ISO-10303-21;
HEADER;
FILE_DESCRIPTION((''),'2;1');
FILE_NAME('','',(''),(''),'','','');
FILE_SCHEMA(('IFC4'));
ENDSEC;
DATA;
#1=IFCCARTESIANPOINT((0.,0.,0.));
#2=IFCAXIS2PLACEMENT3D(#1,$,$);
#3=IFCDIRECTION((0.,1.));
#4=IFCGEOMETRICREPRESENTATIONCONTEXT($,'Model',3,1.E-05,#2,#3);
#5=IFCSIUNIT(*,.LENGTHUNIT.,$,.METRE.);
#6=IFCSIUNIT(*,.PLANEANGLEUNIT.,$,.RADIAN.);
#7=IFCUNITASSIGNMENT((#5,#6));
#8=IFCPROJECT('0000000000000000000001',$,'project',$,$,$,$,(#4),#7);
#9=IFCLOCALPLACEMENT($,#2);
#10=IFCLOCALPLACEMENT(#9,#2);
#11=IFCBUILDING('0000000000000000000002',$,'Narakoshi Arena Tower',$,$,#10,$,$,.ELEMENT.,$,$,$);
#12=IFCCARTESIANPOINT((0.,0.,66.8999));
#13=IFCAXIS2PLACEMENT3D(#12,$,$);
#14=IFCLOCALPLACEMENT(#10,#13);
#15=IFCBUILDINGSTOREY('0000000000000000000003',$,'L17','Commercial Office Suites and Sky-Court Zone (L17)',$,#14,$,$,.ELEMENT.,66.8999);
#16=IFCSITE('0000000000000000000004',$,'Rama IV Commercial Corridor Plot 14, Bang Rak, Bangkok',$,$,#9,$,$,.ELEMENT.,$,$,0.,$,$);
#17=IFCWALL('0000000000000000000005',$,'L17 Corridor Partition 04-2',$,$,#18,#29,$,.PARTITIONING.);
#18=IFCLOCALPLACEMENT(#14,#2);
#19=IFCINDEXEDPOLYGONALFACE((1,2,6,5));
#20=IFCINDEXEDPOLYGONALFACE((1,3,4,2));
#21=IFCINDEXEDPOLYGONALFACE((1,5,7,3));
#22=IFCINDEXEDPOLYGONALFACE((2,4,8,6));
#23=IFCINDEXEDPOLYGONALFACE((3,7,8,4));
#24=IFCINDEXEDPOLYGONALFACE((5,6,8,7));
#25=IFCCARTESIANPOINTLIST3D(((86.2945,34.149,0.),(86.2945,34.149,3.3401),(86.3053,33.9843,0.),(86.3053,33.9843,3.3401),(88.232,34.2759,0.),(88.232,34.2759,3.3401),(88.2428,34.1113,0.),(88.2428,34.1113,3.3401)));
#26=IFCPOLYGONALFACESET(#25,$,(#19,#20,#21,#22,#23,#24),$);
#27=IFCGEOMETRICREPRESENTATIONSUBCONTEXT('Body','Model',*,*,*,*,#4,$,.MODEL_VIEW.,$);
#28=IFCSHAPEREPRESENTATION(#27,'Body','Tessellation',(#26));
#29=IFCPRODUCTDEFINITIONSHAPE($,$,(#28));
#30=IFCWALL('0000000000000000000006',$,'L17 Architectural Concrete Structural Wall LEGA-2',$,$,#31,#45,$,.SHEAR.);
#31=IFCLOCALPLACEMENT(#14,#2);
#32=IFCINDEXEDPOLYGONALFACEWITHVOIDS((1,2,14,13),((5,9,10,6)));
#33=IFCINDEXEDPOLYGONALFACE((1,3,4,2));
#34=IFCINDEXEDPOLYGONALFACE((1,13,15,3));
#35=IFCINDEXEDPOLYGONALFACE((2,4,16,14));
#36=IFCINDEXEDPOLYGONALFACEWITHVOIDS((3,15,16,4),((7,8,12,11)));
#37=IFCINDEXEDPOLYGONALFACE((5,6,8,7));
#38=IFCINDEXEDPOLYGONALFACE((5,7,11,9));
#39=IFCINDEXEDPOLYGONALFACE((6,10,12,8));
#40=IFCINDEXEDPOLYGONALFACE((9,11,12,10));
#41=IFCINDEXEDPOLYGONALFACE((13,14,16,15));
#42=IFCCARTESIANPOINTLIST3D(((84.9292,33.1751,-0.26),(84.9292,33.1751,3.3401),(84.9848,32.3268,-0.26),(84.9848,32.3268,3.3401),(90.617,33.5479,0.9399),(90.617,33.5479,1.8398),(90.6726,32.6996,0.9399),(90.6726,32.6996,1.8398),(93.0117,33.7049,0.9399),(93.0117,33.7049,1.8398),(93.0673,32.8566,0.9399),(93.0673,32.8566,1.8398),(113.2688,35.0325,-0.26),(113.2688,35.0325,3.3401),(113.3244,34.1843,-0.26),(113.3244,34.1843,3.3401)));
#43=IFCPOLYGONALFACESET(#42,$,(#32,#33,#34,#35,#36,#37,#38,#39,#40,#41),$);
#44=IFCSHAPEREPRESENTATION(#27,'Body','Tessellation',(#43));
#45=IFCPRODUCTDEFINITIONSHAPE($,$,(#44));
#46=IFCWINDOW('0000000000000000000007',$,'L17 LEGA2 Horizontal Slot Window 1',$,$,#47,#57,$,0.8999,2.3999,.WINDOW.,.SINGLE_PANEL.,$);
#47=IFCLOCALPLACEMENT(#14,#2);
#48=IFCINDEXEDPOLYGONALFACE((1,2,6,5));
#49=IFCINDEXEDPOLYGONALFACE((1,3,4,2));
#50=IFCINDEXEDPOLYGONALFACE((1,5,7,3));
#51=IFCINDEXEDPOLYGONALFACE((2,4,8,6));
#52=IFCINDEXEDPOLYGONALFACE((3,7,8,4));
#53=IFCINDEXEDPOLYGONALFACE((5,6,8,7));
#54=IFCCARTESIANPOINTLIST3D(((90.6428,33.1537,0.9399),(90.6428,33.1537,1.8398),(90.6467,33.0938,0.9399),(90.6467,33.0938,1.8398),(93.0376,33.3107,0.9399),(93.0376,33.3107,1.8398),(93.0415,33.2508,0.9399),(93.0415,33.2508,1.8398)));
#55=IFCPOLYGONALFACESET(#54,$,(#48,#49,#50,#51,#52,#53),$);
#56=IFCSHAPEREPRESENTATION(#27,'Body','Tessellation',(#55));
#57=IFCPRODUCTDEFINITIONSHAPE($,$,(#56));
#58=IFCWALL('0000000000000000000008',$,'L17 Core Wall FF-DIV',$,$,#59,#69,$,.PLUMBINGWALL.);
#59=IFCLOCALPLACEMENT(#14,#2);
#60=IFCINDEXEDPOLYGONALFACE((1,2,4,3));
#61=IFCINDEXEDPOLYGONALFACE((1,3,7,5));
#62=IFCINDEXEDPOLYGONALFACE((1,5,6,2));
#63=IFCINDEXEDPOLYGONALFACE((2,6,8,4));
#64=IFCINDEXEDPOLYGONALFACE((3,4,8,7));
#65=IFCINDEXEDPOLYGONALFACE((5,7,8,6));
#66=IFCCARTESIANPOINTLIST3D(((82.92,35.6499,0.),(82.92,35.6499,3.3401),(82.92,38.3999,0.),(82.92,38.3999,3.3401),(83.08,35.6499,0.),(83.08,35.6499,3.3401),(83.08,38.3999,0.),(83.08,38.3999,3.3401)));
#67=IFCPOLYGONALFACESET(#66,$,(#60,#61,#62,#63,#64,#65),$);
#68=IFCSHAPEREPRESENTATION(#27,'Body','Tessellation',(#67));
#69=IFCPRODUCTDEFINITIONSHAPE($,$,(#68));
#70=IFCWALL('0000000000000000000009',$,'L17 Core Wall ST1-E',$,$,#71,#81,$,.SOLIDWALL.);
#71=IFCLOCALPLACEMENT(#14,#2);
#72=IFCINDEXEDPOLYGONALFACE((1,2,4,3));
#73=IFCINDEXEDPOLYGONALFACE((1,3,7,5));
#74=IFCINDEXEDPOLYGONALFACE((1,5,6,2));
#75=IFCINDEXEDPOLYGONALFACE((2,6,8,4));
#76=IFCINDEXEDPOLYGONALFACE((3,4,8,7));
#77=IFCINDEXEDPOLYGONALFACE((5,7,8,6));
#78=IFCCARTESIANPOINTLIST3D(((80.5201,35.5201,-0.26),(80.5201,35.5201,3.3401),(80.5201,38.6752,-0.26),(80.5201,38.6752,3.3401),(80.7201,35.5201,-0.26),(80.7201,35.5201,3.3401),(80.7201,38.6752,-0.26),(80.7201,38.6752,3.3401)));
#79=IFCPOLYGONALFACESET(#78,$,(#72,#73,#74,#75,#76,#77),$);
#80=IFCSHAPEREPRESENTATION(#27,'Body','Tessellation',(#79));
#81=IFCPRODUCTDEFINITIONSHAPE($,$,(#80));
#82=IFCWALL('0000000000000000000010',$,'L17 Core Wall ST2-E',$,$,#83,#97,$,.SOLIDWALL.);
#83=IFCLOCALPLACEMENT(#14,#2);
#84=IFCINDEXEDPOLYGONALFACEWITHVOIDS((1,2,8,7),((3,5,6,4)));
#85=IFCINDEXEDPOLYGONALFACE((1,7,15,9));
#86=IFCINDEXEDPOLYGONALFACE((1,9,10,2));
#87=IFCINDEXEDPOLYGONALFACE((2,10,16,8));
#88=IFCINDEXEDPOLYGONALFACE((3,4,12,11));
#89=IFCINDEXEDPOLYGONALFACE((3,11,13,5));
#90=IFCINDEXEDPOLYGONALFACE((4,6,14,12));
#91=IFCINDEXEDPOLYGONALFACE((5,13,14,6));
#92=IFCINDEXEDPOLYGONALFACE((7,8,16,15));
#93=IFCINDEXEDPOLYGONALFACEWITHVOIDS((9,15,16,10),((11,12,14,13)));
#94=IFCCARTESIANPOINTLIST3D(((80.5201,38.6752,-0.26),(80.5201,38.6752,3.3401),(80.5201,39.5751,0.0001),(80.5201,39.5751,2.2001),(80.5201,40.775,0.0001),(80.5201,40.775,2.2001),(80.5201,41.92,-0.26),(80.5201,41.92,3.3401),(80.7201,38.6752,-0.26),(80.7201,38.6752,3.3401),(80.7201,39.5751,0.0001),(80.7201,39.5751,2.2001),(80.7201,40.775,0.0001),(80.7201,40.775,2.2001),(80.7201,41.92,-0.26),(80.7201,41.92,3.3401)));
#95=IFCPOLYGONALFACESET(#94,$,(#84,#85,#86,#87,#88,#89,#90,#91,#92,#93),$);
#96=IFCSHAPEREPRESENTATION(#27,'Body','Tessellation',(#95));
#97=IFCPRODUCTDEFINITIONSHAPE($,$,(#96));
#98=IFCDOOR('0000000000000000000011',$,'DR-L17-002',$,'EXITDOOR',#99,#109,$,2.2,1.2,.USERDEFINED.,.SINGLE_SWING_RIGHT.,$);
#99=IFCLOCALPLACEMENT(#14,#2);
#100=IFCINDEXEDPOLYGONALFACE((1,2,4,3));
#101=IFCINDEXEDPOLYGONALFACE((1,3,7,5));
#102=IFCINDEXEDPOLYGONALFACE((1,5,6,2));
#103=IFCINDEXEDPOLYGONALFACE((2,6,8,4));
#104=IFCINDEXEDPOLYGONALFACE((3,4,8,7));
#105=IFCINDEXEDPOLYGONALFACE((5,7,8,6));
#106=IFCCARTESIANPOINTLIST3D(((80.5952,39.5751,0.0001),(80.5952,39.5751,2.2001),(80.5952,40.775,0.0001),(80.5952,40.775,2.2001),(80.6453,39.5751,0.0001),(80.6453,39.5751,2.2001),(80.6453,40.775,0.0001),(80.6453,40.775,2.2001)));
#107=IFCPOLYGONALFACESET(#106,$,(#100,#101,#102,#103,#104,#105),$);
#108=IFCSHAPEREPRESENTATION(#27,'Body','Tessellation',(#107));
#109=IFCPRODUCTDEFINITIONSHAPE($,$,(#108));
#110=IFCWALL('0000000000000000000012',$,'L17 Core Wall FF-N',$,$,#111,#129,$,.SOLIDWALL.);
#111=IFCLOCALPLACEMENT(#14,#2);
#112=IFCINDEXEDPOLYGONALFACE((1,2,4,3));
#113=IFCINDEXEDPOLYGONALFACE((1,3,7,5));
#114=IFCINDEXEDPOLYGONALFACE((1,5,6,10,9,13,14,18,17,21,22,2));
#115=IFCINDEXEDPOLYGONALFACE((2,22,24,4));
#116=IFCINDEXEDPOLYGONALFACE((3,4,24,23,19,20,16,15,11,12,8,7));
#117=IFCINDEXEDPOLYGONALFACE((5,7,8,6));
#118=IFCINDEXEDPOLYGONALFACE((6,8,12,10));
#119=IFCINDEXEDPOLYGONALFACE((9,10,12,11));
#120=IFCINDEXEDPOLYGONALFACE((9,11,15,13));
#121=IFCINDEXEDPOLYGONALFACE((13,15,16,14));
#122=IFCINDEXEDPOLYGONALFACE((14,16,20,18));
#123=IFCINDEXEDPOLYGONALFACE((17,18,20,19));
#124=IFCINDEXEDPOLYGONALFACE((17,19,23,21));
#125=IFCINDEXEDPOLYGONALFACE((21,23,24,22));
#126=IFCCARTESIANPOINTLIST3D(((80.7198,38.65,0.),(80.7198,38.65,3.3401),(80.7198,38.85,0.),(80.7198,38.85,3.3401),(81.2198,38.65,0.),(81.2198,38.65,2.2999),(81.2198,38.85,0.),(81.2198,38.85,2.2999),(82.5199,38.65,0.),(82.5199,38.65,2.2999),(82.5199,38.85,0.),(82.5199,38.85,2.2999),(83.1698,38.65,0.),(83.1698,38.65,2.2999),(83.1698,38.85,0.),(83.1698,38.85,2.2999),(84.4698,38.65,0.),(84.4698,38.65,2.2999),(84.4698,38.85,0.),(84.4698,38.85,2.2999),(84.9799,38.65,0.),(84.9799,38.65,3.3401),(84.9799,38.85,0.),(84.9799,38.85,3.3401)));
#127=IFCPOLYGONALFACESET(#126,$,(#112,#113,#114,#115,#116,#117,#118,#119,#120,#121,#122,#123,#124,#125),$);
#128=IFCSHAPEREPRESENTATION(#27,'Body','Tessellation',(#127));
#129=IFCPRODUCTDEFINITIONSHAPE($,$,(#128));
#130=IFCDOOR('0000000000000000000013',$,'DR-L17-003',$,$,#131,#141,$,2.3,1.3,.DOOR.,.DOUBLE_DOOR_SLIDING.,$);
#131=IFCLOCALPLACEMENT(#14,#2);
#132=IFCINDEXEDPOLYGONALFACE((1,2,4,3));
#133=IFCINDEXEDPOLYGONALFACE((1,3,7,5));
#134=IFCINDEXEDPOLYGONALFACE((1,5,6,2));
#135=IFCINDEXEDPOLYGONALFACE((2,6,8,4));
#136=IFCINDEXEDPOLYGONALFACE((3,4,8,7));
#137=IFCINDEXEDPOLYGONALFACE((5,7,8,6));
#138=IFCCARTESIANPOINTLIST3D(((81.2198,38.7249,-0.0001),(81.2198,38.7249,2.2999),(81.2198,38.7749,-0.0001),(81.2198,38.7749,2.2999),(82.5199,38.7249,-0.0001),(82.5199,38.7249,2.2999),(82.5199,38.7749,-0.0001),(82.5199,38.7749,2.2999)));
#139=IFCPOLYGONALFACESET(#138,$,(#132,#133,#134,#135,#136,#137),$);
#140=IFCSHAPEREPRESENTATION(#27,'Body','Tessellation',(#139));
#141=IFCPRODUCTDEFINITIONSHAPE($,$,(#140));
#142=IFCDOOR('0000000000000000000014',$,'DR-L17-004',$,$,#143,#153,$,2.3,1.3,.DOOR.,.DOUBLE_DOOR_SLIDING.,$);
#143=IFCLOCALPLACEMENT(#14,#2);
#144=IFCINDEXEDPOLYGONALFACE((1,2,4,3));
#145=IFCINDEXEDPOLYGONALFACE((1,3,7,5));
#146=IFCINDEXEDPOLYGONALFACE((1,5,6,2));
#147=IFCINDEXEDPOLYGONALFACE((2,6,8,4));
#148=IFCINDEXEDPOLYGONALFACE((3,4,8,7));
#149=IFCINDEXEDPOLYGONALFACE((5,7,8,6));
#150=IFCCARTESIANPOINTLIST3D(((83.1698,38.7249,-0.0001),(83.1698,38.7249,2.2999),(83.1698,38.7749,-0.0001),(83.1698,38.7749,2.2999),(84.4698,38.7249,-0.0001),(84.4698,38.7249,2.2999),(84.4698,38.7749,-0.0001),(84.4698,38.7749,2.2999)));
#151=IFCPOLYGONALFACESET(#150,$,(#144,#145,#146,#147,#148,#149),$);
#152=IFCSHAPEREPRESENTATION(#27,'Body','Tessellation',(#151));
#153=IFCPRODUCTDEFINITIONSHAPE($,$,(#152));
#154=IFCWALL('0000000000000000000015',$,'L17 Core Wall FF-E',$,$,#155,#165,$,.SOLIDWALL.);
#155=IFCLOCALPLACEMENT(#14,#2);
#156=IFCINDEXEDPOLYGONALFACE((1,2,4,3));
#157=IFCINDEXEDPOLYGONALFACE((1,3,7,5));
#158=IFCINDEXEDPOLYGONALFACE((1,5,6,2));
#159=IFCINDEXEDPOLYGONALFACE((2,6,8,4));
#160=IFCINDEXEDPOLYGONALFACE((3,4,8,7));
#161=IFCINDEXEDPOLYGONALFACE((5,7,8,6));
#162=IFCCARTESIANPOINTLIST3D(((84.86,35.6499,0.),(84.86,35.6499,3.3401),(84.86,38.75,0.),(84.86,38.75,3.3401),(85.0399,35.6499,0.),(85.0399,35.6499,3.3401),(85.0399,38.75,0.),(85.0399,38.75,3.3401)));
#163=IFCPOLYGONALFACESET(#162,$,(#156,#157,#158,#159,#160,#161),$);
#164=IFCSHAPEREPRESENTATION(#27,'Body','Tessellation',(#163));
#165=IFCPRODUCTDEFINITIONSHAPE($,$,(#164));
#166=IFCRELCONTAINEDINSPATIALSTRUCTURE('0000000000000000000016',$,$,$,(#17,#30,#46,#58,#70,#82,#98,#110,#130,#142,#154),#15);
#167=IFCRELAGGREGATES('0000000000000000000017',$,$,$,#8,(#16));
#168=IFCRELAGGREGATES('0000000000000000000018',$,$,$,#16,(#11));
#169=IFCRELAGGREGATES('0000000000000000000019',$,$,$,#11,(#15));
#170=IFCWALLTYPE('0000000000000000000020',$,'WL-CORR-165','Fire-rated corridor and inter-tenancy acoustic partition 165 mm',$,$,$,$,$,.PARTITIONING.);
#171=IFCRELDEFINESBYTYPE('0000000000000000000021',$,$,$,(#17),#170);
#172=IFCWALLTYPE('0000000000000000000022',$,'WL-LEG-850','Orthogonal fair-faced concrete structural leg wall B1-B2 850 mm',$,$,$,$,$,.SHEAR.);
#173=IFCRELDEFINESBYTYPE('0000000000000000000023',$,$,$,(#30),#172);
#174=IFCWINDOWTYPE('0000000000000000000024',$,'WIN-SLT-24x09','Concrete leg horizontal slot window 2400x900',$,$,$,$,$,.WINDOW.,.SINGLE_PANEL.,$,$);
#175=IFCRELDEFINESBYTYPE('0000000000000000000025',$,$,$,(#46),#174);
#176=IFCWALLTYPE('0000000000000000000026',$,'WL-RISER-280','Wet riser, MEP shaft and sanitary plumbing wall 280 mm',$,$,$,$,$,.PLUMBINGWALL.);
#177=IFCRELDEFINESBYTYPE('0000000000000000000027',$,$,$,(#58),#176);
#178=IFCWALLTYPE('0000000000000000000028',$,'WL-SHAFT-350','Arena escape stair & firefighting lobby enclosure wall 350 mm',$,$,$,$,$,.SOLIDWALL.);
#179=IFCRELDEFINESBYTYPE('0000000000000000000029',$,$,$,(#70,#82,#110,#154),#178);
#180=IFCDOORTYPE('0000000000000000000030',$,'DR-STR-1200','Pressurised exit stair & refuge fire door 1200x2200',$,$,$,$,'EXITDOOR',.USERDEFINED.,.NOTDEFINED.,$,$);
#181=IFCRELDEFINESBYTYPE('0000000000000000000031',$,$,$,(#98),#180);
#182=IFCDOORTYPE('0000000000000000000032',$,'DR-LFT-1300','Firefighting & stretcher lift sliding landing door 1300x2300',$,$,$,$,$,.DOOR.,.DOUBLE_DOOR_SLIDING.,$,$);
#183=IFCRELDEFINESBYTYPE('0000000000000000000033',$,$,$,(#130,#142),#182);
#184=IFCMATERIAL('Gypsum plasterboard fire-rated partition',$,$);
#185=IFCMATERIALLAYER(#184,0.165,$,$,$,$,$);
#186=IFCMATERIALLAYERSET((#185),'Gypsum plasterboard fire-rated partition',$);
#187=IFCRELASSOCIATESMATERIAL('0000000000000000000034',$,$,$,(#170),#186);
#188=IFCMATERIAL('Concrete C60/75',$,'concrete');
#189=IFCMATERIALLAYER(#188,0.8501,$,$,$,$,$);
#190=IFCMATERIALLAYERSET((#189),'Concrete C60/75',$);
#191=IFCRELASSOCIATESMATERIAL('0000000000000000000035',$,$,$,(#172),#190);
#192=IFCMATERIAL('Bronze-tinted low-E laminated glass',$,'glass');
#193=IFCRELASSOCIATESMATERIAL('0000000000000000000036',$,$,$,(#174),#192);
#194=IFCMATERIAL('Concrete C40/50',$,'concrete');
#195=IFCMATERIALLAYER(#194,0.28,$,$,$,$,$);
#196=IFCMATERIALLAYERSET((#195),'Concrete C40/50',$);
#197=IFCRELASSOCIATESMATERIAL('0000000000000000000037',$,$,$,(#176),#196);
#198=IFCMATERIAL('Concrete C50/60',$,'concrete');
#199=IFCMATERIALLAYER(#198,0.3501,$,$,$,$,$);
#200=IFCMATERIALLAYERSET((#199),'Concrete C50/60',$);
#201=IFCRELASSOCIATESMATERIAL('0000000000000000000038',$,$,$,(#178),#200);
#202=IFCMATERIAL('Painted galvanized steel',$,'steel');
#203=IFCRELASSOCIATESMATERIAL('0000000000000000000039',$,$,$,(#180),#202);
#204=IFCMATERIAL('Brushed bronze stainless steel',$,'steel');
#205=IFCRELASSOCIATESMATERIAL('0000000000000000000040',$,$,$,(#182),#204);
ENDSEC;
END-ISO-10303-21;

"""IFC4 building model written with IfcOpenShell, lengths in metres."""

from ifc_helpers import new_model, si_unit, direction, frame, frame_2d, origin, place, context, subcontext, project, spatial, rectangle, extrude, material, layer, layer_set, type_object, element, fill, save


model = new_model("IFC4")

# Units and contexts
model_context = context("Model", 3, precision=1e-05, world=origin(), true_north=direction((0.0, 1.0)))
body_context = subcontext(model_context, "Body", "Model", "MODEL_VIEW")
ifc_project = project(units=[si_unit("LENGTHUNIT", "METRE"), si_unit("PLANEANGLEUNIT", "RADIAN")], contexts=[model_context])

# Site, building, storey
site_placement = place(None, origin())
site = spatial("IfcSite", under=ifc_project, at=site_placement, Name="Rama IV Commercial Corridor Plot 14, Bang Rak, Bangkok", CompositionType="ELEMENT", RefElevation=0.0)
building_placement = place(site_placement, origin())
building = spatial("IfcBuilding", under=site, at=building_placement, Name="Narakoshi Arena Tower", CompositionType="ELEMENT")
storey_placement = place(building_placement, frame((0.0, 0.0, 66.8999)))
storey = spatial("IfcBuildingStorey", under=building, at=storey_placement, Name="L17", Description="Commercial Office Suites and Sky-Court Zone (L17)", CompositionType="ELEMENT", Elevation=66.8999)

# Shared definitions
ifc_material_1 = material(Name="Concrete C60/75", Category="concrete")

# Shared definitions
ifc_material_2 = material(Name="Gypsum plasterboard fire-rated partition")
ifc_layer_1 = layer(ifc_material_2, 0.165)
ifc_layer_set_1 = layer_set([ifc_layer_1], Name="Gypsum plasterboard fire-rated partition")
wall_type_1 = type_object("IfcWallType", Name="WL-CORR-165", Description="Fire-rated corridor and inter-tenancy acoustic partition 165 mm", PredefinedType="PARTITIONING", material=ifc_layer_set_1)

# Wall
wall_1_placement = place(storey_placement, frame((86.3, 34.0667, 0.0), z_axis=(0.0, 0.0, 1.0), x_axis=(0.99786, 0.065384, 0.0)))
element("IfcWall", 1, at=wall_1_placement, inside=storey, type_object=wall_type_1, Name="L17 Corridor Partition 04-2", PredefinedType="PARTITIONING", context=body_context, shape_type="SweptSolid", body=[
    extrude(rectangle(XDim=1.9417, YDim=0.165, at=frame_2d((0.9707, 0.0))), origin(), (0.0, 0.0, 1.0), 3.3401),
])

# Wall, opening, window
ifc_layer_2 = layer(ifc_material_1, 0.8501)
ifc_layer_set_2 = layer_set([ifc_layer_2], Name="Concrete C60/75")
wall_type_2 = type_object("IfcWallType", Name="WL-LEG-850", Description="Orthogonal fair-faced concrete structural leg wall B1-B2 850 mm", PredefinedType="SHEAR", material=ifc_layer_set_2)
wall_2_placement = place(storey_placement, frame((84.957, 32.751, -0.26), z_axis=(0.0, 0.0, 1.0), x_axis=(0.997859, 0.065401, 0.0)))
wall_2 = element("IfcWall", 2, at=wall_2_placement, inside=storey, type_object=wall_type_2, Name="L17 Architectural Concrete Structural Wall LEGA-2", PredefinedType="SHEAR", context=body_context, shape_type="SweptSolid", body=[
    extrude(rectangle(XDim=28.4004, YDim=0.8501, at=frame_2d((14.2002, 0.0))), origin(), (0.0, 0.0, 1.0), 3.6001),
])
opening_1_placement = place(wall_2_placement, frame((5.7, 0.0, 1.2)))
opening_1 = element("IfcOpeningElement", 3, at=opening_1_placement, cuts=wall_2, PredefinedType="OPENING", context=body_context, shape_type="SweptSolid", body=[
    extrude(rectangle(XDim=2.3999, YDim=0.8999, at=frame_2d((1.2, 0.45))), frame((0.0, 0.4351, 0.0), z_axis=(0.0, -1.0, 0.0), x_axis=(1.0, 0.0, 0.0)), (0.0, 0.0, 1.0), 0.8701),
])
ifc_material_3 = material(Name="Bronze-tinted low-E laminated glass", Category="glass")
window_type = type_object("IfcWindowType", Name="WIN-SLT-24x09", Description="Concrete leg horizontal slot window 2400x900", PartitioningType="SINGLE_PANEL", PredefinedType="WINDOW", material=ifc_material_3)
window_placement = place(opening_1_placement, origin())
window = element("IfcWindow", 4, at=window_placement, inside=storey, type_object=window_type, Name="L17 LEGA2 Horizontal Slot Window 1", OverallHeight=0.8999, OverallWidth=2.3999, PartitioningType="SINGLE_PANEL", PredefinedType="WINDOW", context=body_context, shape_type="SweptSolid", body=[
    extrude(rectangle(XDim=2.3999, YDim=0.8999, at=frame_2d((1.2, 0.45))), frame((0.0, 0.03, 0.0), z_axis=(0.0, -1.0, 0.0), x_axis=(1.0, 0.0, 0.0)), (0.0, 0.0, 1.0), 0.0601),
])
fill(opening_1, window)

# Walls
ifc_material_4 = material(Name="Concrete C40/50", Category="concrete")
ifc_layer_3 = layer(ifc_material_4, 0.28)
ifc_layer_set_3 = layer_set([ifc_layer_3], Name="Concrete C40/50")
wall_type_3 = type_object("IfcWallType", Name="WL-RISER-280", Description="Wet riser, MEP shaft and sanitary plumbing wall 280 mm", PredefinedType="PLUMBINGWALL", material=ifc_layer_set_3)
wall_3_placement = place(storey_placement, frame((83.0, 35.6499, 0.0), z_axis=(0.0, 0.0, 1.0), x_axis=(0.0, 1.0, 0.0)))
element("IfcWall", 5, at=wall_3_placement, inside=storey, type_object=wall_type_3, Name="L17 Core Wall FF-DIV", PredefinedType="PLUMBINGWALL", context=body_context, shape_type="SweptSolid", body=[
    extrude(rectangle(XDim=2.75, YDim=0.1599, at=frame_2d((1.375, 0.0))), origin(), (0.0, 0.0, 1.0), 3.3401),
])
ifc_material_5 = material(Name="Concrete C50/60", Category="concrete")
ifc_layer_4 = layer(ifc_material_5, 0.3501)
ifc_layer_set_4 = layer_set([ifc_layer_4], Name="Concrete C50/60")
wall_type_4 = type_object("IfcWallType", Name="WL-SHAFT-350", Description="Arena escape stair & firefighting lobby enclosure wall 350 mm", PredefinedType="SOLIDWALL", material=ifc_layer_set_4)
wall_4_placement = place(storey_placement, frame((80.6201, 35.52, -0.26), z_axis=(0.0, 0.0, 1.0), x_axis=(0.0, 1.0, 0.0)))
element("IfcWall", 6, at=wall_4_placement, inside=storey, type_object=wall_type_4, Name="L17 Core Wall ST1-E", PredefinedType="SOLIDWALL", context=body_context, shape_type="SweptSolid", body=[
    extrude(rectangle(XDim=3.155, YDim=0.2, at=frame_2d((1.5776, 0.0))), origin(), (0.0, 0.0, 1.0), 3.6001),
])

# Wall, opening, door
wall_5_placement = place(storey_placement, frame((80.6201, 38.675, -0.26), z_axis=(0.0, 0.0, 1.0), x_axis=(0.0, 1.0, 0.0)))
wall_5 = element("IfcWall", 7, at=wall_5_placement, inside=storey, type_object=wall_type_4, Name="L17 Core Wall ST2-E", PredefinedType="SOLIDWALL", context=body_context, shape_type="SweptSolid", body=[
    extrude(rectangle(XDim=3.2449, YDim=0.2, at=frame_2d((1.6226, 0.0))), origin(), (0.0, 0.0, 1.0), 3.6001),
])
opening_2_placement = place(wall_5_placement, frame((0.8999, 0.0, 0.26)))
opening_2 = element("IfcOpeningElement", 8, at=opening_2_placement, cuts=wall_5, PredefinedType="OPENING", context=body_context, shape_type="SweptSolid", body=[
    extrude(rectangle(XDim=1.2, YDim=2.2, at=frame_2d((0.6001, 1.1001))), frame((0.0, 0.1099, 0.0), z_axis=(0.0, -1.0, 0.0), x_axis=(1.0, 0.0, 0.0)), (0.0, 0.0, 1.0), 0.22),
])
ifc_material_6 = material(Name="Painted galvanized steel", Category="steel")
door_type_1 = type_object("IfcDoorType", Name="DR-STR-1200", Description="Pressurised exit stair & refuge fire door 1200x2200", ElementType="EXITDOOR", OperationType="NOTDEFINED", PredefinedType="USERDEFINED", material=ifc_material_6)
door_1_placement = place(opening_2_placement, origin())
door_1 = element("IfcDoor", 9, at=door_1_placement, inside=storey, type_object=door_type_1, Name="DR-L17-002", ObjectType="EXITDOOR", OperationType="SINGLE_SWING_RIGHT", OverallHeight=2.2, OverallWidth=1.2, PredefinedType="USERDEFINED", context=body_context, shape_type="SweptSolid", body=[
    extrude(rectangle(XDim=1.2, YDim=2.2, at=frame_2d((0.6001, 1.1001))), frame((0.0, 0.0249, 0.0), z_axis=(0.0, -1.0, 0.0), x_axis=(1.0, 0.0, 0.0)), (0.0, 0.0, 1.0), 0.05),
])
fill(opening_2, door_1)

# Wall, openings, doors
wall_6_placement = place(storey_placement, frame((80.72, 38.75, 0.0), z_axis=(0.0, 0.0, 1.0), x_axis=(1.0, 0.0, 0.0)))
wall_6 = element("IfcWall", 10, at=wall_6_placement, inside=storey, type_object=wall_type_4, Name="L17 Core Wall FF-N", PredefinedType="SOLIDWALL", context=body_context, shape_type="SweptSolid", body=[
    extrude(rectangle(XDim=4.26, YDim=0.2, at=frame_2d((2.1299, 0.0))), origin(), (0.0, 0.0, 1.0), 3.3401),
])
opening_3_placement = place(wall_6_placement, frame((0.5, 0.0, 0.0)))
opening_3 = element("IfcOpeningElement", 11, at=opening_3_placement, cuts=wall_6, PredefinedType="OPENING", context=body_context, shape_type="SweptSolid", body=[
    extrude(rectangle(XDim=1.3, YDim=2.3, at=frame_2d((0.6499, 1.1499))), frame((0.0, 0.1099, 0.0), z_axis=(0.0, -1.0, 0.0), x_axis=(1.0, 0.0, 0.0)), (0.0, 0.0, 1.0), 0.22),
])
opening_4_placement = place(wall_6_placement, frame((2.45, 0.0, 0.0)))
opening_4 = element("IfcOpeningElement", 12, at=opening_4_placement, cuts=wall_6, PredefinedType="OPENING", context=body_context, shape_type="SweptSolid", body=[
    extrude(rectangle(XDim=1.3, YDim=2.3, at=frame_2d((0.6499, 1.1499))), frame((0.0, 0.1099, 0.0), z_axis=(0.0, -1.0, 0.0), x_axis=(1.0, 0.0, 0.0)), (0.0, 0.0, 1.0), 0.22),
])
ifc_material_7 = material(Name="Brushed bronze stainless steel", Category="steel")
door_type_2 = type_object("IfcDoorType", Name="DR-LFT-1300", Description="Firefighting & stretcher lift sliding landing door 1300x2300", OperationType="DOUBLE_DOOR_SLIDING", PredefinedType="DOOR", material=ifc_material_7)
door_2_placement = place(opening_3_placement, origin())
door_2 = element("IfcDoor", 13, at=door_2_placement, inside=storey, type_object=door_type_2, Name="DR-L17-003", OperationType="DOUBLE_DOOR_SLIDING", OverallHeight=2.3, OverallWidth=1.3, PredefinedType="DOOR", context=body_context, shape_type="SweptSolid", body=[
    extrude(rectangle(XDim=1.3, YDim=2.3, at=frame_2d((0.6499, 1.1499))), frame((0.0, 0.0249, 0.0), z_axis=(0.0, -1.0, 0.0), x_axis=(1.0, 0.0, 0.0)), (0.0, 0.0, 1.0), 0.05),
])
fill(opening_3, door_2)
door_3_placement = place(opening_4_placement, origin())
door_3 = element("IfcDoor", 14, at=door_3_placement, inside=storey, type_object=door_type_2, Name="DR-L17-004", OperationType="DOUBLE_DOOR_SLIDING", OverallHeight=2.3, OverallWidth=1.3, PredefinedType="DOOR", context=body_context, shape_type="SweptSolid", body=[
    extrude(rectangle(XDim=1.3, YDim=2.3, at=frame_2d((0.6499, 1.1499))), frame((0.0, 0.0249, 0.0), z_axis=(0.0, -1.0, 0.0), x_axis=(1.0, 0.0, 0.0)), (0.0, 0.0, 1.0), 0.05),
])
fill(opening_4, door_3)

# Wall
for number, where, z_axis, x_axis, name in (
    (15, (84.95, 35.6499, 0.0), (0.0, 0.0, 1.0), (0.0, 1.0, 0.0), "L17 Core Wall FF-E"),
):
    element("IfcWall", number, at=place(storey_placement, frame(where, z_axis=z_axis, x_axis=x_axis)), inside=storey, type_object=wall_type_4, Name=name, PredefinedType="SOLIDWALL", context=body_context, shape_type="SweptSolid", body=[
        extrude(rectangle(XDim=3.1001, YDim=0.1799, at=frame_2d((1.55, 0.0))), origin(), (0.0, 0.0, 1.0), 3.3401),
    ])

save(model, "model.ifc")
